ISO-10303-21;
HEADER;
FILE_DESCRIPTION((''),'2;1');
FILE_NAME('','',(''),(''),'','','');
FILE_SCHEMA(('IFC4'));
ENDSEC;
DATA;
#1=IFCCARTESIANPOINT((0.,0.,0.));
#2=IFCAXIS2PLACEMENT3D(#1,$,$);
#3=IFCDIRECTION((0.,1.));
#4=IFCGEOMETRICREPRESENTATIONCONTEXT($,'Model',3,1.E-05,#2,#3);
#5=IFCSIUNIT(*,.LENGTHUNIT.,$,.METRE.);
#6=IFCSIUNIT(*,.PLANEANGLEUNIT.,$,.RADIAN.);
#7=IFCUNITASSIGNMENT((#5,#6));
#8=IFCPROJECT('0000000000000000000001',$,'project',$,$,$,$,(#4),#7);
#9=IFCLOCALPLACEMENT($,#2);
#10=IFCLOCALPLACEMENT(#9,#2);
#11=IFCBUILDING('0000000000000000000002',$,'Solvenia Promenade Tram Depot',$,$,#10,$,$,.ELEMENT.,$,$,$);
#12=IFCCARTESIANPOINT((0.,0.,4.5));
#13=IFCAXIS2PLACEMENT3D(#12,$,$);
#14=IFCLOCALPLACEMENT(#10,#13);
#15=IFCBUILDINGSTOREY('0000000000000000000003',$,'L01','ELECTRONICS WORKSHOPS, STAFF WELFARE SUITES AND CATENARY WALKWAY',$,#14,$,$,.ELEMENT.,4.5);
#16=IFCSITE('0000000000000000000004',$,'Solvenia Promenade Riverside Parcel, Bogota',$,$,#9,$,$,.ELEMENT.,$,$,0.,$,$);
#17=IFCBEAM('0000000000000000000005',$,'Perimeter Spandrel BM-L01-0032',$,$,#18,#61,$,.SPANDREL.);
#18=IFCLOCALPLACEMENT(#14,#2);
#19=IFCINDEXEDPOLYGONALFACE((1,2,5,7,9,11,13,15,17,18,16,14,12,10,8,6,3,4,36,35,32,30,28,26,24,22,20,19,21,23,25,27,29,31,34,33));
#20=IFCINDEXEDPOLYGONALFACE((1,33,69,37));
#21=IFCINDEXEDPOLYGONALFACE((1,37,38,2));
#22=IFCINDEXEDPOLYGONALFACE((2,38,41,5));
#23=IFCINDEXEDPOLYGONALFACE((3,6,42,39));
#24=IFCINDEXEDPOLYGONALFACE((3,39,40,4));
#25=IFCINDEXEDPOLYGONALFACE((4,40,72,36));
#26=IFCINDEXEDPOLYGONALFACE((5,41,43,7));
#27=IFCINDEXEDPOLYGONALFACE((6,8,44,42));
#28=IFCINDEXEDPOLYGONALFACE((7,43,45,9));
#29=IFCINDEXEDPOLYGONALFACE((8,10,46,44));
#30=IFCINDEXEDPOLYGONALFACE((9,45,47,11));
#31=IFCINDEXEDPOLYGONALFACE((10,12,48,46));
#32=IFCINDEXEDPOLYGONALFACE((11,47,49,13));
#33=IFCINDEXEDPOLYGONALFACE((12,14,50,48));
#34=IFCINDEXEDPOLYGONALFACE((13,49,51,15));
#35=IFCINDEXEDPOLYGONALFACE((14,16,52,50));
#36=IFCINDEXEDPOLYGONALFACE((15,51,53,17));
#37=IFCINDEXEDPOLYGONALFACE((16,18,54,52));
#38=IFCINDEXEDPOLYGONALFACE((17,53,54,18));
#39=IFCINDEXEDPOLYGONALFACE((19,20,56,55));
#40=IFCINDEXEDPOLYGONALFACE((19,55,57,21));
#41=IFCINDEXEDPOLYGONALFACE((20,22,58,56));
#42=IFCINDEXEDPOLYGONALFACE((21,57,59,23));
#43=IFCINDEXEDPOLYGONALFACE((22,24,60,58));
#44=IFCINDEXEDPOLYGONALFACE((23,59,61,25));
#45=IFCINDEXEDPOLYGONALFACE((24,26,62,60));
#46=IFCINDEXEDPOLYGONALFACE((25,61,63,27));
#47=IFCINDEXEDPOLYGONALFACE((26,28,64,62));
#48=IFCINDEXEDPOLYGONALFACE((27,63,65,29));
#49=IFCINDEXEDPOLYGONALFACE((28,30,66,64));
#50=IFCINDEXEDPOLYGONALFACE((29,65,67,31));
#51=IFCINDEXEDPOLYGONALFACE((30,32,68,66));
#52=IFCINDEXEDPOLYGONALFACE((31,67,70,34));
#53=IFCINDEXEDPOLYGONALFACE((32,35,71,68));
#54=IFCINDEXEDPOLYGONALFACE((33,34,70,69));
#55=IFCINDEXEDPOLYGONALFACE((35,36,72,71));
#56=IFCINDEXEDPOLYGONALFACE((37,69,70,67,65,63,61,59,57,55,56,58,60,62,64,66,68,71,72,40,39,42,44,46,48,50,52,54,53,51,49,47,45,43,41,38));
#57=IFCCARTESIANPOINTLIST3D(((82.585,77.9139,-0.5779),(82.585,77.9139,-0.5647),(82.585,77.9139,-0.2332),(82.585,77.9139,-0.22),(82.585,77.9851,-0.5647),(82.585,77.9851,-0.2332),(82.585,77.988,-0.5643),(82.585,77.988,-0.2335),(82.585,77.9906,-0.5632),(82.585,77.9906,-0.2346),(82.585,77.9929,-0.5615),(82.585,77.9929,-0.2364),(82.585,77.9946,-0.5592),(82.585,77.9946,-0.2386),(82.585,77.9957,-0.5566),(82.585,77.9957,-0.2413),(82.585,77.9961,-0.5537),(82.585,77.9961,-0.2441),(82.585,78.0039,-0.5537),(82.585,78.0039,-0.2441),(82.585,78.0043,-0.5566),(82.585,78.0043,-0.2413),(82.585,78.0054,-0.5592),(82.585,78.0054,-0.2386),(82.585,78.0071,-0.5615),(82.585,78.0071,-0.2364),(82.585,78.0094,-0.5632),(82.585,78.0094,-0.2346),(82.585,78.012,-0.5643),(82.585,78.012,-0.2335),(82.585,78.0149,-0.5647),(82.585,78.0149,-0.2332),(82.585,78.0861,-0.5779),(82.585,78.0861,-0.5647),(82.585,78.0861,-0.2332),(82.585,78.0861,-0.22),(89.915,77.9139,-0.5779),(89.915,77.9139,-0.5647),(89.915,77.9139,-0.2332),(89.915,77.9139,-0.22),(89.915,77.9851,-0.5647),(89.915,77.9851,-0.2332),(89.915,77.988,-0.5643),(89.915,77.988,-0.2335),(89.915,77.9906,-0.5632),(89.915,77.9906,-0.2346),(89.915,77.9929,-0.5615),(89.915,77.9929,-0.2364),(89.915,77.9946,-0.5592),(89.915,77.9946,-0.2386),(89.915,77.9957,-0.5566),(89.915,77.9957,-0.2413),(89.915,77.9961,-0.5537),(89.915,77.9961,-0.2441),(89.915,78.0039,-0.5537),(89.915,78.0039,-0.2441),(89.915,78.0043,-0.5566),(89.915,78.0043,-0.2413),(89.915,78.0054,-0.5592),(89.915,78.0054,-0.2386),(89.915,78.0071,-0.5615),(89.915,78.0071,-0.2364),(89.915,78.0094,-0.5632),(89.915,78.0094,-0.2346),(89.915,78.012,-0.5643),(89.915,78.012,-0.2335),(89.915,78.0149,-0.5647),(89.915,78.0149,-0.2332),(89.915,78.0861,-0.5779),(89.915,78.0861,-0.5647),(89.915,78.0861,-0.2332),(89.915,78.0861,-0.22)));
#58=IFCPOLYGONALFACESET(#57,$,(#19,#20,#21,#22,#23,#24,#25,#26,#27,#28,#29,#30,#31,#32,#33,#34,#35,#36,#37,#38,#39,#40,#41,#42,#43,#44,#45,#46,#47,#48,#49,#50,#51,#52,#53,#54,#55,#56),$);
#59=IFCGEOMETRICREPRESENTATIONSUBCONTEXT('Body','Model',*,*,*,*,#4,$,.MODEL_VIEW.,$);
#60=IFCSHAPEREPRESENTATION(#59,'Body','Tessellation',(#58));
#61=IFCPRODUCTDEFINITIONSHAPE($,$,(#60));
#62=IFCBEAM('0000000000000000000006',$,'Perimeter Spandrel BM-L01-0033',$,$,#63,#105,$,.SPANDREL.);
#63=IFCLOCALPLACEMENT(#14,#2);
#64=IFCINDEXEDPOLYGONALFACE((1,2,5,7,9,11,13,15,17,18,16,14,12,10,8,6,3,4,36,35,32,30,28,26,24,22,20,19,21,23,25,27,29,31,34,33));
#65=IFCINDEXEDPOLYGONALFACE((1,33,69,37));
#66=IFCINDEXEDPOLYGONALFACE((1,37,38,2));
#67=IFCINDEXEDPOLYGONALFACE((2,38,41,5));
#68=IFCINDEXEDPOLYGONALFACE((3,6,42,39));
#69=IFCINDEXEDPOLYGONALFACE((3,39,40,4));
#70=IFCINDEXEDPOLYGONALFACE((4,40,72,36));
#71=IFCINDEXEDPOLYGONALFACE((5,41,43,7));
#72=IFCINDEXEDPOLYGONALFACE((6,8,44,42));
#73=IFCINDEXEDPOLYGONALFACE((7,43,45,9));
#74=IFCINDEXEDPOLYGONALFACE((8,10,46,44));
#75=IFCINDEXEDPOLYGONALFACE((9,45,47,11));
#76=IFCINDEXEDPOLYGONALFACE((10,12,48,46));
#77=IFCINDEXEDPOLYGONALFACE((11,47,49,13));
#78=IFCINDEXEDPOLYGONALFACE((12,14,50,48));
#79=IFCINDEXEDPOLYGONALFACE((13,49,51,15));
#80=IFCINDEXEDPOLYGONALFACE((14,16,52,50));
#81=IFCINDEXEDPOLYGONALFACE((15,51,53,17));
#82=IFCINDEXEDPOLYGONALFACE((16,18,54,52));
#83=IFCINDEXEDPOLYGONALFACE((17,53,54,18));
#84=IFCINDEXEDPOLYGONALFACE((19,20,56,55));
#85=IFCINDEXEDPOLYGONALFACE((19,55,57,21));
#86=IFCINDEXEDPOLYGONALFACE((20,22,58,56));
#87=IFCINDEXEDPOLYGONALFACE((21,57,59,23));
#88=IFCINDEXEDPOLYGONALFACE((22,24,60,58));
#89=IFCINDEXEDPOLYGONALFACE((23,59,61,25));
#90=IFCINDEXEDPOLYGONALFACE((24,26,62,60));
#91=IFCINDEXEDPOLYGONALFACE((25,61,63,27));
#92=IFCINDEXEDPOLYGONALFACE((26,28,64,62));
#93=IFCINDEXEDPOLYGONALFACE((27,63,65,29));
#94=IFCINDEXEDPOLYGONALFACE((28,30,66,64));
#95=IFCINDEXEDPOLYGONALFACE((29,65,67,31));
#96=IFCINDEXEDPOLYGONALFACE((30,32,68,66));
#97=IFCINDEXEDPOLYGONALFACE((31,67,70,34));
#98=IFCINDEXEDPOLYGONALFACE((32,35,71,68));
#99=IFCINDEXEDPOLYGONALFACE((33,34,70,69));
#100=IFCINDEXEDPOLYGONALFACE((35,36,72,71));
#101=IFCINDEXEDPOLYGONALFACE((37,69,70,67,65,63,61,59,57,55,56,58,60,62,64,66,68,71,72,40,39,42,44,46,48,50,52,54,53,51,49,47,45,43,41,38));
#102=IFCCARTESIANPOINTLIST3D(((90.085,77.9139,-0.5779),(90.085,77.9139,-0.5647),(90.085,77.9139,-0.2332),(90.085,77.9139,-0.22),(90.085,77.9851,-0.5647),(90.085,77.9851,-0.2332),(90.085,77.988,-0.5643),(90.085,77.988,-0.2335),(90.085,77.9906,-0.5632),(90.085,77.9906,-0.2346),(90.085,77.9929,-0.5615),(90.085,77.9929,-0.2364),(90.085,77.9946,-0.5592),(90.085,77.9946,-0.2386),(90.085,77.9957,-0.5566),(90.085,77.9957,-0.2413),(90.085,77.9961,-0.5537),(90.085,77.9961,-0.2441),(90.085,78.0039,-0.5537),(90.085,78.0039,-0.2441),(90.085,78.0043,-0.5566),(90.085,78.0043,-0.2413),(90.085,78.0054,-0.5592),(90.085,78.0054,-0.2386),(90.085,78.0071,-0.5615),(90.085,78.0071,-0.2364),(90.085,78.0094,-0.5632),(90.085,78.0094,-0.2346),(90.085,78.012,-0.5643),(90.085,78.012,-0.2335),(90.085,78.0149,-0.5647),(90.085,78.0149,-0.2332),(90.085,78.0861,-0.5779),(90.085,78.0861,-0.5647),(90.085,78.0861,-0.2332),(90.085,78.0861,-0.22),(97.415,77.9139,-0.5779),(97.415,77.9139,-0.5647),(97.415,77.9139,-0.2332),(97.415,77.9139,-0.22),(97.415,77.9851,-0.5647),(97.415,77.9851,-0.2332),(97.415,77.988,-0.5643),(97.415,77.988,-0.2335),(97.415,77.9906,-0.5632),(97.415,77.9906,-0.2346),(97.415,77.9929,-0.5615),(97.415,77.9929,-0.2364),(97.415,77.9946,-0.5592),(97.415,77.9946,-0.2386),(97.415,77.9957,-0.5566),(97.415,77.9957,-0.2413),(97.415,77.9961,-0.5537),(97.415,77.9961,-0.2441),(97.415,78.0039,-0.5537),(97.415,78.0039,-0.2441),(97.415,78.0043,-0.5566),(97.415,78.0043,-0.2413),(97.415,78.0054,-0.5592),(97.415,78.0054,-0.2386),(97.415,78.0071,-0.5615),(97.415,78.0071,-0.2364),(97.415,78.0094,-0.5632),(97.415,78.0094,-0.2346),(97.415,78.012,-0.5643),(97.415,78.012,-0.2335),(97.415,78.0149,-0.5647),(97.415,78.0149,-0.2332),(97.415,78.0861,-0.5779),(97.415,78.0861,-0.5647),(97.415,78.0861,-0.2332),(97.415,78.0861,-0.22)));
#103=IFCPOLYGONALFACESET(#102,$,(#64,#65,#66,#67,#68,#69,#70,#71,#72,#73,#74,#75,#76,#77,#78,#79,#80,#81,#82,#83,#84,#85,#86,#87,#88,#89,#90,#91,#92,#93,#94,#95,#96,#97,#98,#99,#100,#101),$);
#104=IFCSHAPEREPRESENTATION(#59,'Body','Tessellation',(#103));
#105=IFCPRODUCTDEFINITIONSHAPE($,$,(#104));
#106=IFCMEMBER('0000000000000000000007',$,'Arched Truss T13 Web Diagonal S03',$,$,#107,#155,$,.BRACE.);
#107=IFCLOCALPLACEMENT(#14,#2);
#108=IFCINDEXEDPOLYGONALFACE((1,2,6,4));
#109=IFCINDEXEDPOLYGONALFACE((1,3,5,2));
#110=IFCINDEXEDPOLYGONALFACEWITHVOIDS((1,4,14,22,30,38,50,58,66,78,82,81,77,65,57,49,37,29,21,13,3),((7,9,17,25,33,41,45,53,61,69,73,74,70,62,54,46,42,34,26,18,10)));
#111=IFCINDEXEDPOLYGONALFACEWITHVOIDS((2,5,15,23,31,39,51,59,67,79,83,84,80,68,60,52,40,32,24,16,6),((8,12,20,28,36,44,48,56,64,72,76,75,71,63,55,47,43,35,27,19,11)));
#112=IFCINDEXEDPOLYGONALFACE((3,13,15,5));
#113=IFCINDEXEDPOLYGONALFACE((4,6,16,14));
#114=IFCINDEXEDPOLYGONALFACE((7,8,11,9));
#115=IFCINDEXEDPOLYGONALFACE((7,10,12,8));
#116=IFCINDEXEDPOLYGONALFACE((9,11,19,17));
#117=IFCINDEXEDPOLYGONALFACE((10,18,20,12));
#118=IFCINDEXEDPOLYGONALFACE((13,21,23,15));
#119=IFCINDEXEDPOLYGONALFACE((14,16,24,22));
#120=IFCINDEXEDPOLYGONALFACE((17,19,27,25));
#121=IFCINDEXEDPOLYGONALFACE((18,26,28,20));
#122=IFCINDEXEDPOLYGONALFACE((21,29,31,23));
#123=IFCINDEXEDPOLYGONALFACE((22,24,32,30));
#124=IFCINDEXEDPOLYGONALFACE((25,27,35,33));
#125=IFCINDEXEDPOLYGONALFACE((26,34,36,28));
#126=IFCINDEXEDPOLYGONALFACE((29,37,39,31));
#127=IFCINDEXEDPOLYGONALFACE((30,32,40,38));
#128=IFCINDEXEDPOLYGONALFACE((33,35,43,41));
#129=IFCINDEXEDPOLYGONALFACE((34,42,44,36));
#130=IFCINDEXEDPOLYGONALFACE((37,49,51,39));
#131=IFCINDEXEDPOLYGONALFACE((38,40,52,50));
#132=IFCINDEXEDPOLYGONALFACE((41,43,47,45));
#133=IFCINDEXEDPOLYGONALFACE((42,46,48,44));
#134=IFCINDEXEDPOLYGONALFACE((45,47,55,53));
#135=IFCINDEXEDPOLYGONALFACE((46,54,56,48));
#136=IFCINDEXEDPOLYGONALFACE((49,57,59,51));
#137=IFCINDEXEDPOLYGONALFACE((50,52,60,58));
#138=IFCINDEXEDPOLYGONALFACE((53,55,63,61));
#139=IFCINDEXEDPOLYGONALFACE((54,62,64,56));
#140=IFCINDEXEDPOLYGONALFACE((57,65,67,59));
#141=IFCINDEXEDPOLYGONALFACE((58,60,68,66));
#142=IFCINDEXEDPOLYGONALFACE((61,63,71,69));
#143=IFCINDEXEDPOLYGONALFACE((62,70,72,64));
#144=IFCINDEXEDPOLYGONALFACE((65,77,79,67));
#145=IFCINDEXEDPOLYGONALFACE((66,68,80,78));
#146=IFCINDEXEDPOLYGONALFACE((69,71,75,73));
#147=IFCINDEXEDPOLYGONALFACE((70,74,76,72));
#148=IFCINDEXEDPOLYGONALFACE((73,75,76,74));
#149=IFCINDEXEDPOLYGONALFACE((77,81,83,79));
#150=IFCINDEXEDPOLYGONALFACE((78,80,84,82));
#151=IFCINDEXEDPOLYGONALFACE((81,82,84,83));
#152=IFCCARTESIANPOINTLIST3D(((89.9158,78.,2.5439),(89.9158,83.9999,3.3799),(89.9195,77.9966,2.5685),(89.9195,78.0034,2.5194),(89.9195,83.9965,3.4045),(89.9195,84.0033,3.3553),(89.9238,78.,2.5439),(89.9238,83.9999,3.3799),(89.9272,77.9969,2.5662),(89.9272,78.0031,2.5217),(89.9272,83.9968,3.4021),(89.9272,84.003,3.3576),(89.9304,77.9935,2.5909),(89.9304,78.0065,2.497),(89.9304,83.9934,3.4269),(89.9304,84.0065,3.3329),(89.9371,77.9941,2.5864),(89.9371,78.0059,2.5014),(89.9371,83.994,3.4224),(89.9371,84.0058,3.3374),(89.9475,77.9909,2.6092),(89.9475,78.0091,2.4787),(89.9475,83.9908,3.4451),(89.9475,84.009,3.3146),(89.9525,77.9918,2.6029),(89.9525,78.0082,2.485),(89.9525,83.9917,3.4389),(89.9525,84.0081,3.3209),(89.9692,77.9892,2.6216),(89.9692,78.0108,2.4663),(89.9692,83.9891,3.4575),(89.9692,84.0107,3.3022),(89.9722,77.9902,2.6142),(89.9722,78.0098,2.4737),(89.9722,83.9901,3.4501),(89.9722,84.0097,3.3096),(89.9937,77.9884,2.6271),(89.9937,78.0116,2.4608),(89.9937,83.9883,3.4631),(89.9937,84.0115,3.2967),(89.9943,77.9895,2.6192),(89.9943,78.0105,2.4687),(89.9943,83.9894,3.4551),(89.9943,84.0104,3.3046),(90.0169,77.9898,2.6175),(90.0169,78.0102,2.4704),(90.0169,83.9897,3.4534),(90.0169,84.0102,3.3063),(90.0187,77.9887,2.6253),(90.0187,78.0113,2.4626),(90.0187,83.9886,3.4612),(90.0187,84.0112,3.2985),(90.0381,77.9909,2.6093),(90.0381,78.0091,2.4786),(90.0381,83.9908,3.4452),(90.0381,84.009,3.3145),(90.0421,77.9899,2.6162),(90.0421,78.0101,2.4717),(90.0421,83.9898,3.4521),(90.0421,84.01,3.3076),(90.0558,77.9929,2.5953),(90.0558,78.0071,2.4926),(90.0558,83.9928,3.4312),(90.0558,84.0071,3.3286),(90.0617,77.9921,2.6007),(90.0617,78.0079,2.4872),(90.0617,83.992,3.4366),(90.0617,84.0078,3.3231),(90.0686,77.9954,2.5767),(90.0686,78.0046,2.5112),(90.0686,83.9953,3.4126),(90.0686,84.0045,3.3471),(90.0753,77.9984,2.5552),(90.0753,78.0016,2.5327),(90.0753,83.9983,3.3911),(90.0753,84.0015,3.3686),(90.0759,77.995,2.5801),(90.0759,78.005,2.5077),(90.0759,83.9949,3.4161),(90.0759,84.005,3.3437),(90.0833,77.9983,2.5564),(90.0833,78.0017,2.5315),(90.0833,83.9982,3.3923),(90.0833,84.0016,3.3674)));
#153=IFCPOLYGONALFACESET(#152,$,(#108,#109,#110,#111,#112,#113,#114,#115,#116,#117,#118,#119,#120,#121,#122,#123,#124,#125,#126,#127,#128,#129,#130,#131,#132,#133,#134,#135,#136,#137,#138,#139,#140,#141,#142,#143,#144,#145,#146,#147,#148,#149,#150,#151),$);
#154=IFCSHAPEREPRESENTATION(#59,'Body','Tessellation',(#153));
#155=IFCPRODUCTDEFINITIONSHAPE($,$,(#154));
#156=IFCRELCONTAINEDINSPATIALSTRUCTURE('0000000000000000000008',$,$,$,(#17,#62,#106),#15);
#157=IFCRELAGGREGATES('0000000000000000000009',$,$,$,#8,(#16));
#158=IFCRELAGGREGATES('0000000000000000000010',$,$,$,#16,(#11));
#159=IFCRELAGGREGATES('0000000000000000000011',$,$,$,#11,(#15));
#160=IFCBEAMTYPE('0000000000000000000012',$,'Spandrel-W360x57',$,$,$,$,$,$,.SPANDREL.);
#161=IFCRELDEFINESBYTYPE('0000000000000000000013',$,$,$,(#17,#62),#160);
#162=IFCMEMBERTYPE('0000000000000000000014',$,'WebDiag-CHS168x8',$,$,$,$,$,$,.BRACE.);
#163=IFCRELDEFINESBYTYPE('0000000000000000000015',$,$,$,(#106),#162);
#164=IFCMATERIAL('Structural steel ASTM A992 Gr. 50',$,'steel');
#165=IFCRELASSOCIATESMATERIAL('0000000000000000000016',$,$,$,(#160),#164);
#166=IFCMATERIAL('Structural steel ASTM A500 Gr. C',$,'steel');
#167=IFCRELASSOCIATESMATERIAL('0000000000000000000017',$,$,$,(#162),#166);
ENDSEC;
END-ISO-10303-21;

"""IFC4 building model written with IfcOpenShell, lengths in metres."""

from ifc_helpers import new_model, si_unit, direction, frame, origin, origin_2d, place, context, subcontext, project, spatial, hollow_circle, i_section, extrude, material, material_profile, profile_set, type_object, element, save


model = new_model("IFC4")

# Units and contexts
model_context = context("Model", 3, precision=1e-05, world=origin(), true_north=direction((0.0, 1.0)))
body_context = subcontext(model_context, "Body", "Model", "MODEL_VIEW")
ifc_project = project(units=[si_unit("LENGTHUNIT", "METRE"), si_unit("PLANEANGLEUNIT", "RADIAN")], contexts=[model_context])

# Site, building, storey
site_placement = place(None, origin())
site = spatial("IfcSite", under=ifc_project, at=site_placement, Name="Solvenia Promenade Riverside Parcel, Bogota", CompositionType="ELEMENT", RefElevation=0.0)
building_placement = place(site_placement, origin())
building = spatial("IfcBuilding", under=site, at=building_placement, Name="Solvenia Promenade Tram Depot", CompositionType="ELEMENT")
storey_placement = place(building_placement, frame((0.0, 0.0, 4.5)))
storey = spatial("IfcBuildingStorey", under=building, at=storey_placement, Name="L01", Description="ELECTRONICS WORKSHOPS, STAFF WELFARE SUITES AND CATENARY WALKWAY", CompositionType="ELEMENT", Elevation=4.5)

# Shared definitions
ifc_material_1 = material(Name="Structural steel ASTM A500 Gr. C", Category="steel")

# Shared definitions
ifc_material_2 = material(Name="Structural steel ASTM A992 Gr. 50", Category="steel")

# Beams
ifc_material_profile_1 = material_profile(ifc_material_2, i_section(OverallWidth=0.1721, OverallDepth=0.3579, WebThickness=0.0078, FlangeThickness=0.0132, FilletRadius=0.011, at=origin_2d()), Name="W360x57", Category="steel")
ifc_profile_set_1 = profile_set([ifc_material_profile_1], Name="Structural steel ASTM A992 Gr. 50")
beam_type_1 = type_object("IfcBeamType", Name="Spandrel-W360x57", PredefinedType="SPANDREL", material=ifc_profile_set_1)
for number, where, z_axis, x_axis, name in (
    (1, (82.585, 78.0, -0.3989), (1.0, 0.0, 0.0), (0.0, 1.0, 0.0), "Perimeter Spandrel BM-L01-0032"),
    (2, (90.085, 78.0, -0.3989), (1.0, 0.0, 0.0), (0.0, 1.0, 0.0), "Perimeter Spandrel BM-L01-0033"),
):
    element("IfcBeam", number, at=place(storey_placement, frame(where, z_axis=z_axis, x_axis=x_axis)), inside=storey, type_object=beam_type_1, Name=name, PredefinedType="SPANDREL", context=body_context, shape_type="SweptSolid", body=[
        extrude(i_section(OverallWidth=0.1721, OverallDepth=0.3579, WebThickness=0.0078, FlangeThickness=0.0132, FilletRadius=0.011, at=origin_2d()), origin(), (0.0, 0.0, 1.0), 7.3301),
    ])

# Member
ifc_material_profile_2 = material_profile(ifc_material_1, hollow_circle(Radius=0.0842, WallThickness=0.0081, at=origin_2d()), Name="CHS168.3x8", Category="steel")
ifc_profile_set_2 = profile_set([ifc_material_profile_2], Name="Structural steel ASTM A500 Gr. C")
member_type_1 = type_object("IfcMemberType", Name="WebDiag-CHS168x8", PredefinedType="BRACE", material=ifc_profile_set_2)
member_1_placement = place(storey_placement, frame((90.0, 78.0, 2.5439), z_axis=(0.0, 0.990434, 0.13799), x_axis=(-1.0, 0.0, 0.0)))
element("IfcMember", 3, at=member_1_placement, inside=storey, type_object=member_type_1, Name="Arched Truss T13 Web Diagonal S03", PredefinedType="BRACE", context=body_context, shape_type="SweptSolid", body=[
    extrude(hollow_circle(Radius=0.0842, WallThickness=0.0081, at=origin_2d()), origin(), (0.0, 0.0, 1.0), 6.0579),
])

save(model, "model.ifc")
